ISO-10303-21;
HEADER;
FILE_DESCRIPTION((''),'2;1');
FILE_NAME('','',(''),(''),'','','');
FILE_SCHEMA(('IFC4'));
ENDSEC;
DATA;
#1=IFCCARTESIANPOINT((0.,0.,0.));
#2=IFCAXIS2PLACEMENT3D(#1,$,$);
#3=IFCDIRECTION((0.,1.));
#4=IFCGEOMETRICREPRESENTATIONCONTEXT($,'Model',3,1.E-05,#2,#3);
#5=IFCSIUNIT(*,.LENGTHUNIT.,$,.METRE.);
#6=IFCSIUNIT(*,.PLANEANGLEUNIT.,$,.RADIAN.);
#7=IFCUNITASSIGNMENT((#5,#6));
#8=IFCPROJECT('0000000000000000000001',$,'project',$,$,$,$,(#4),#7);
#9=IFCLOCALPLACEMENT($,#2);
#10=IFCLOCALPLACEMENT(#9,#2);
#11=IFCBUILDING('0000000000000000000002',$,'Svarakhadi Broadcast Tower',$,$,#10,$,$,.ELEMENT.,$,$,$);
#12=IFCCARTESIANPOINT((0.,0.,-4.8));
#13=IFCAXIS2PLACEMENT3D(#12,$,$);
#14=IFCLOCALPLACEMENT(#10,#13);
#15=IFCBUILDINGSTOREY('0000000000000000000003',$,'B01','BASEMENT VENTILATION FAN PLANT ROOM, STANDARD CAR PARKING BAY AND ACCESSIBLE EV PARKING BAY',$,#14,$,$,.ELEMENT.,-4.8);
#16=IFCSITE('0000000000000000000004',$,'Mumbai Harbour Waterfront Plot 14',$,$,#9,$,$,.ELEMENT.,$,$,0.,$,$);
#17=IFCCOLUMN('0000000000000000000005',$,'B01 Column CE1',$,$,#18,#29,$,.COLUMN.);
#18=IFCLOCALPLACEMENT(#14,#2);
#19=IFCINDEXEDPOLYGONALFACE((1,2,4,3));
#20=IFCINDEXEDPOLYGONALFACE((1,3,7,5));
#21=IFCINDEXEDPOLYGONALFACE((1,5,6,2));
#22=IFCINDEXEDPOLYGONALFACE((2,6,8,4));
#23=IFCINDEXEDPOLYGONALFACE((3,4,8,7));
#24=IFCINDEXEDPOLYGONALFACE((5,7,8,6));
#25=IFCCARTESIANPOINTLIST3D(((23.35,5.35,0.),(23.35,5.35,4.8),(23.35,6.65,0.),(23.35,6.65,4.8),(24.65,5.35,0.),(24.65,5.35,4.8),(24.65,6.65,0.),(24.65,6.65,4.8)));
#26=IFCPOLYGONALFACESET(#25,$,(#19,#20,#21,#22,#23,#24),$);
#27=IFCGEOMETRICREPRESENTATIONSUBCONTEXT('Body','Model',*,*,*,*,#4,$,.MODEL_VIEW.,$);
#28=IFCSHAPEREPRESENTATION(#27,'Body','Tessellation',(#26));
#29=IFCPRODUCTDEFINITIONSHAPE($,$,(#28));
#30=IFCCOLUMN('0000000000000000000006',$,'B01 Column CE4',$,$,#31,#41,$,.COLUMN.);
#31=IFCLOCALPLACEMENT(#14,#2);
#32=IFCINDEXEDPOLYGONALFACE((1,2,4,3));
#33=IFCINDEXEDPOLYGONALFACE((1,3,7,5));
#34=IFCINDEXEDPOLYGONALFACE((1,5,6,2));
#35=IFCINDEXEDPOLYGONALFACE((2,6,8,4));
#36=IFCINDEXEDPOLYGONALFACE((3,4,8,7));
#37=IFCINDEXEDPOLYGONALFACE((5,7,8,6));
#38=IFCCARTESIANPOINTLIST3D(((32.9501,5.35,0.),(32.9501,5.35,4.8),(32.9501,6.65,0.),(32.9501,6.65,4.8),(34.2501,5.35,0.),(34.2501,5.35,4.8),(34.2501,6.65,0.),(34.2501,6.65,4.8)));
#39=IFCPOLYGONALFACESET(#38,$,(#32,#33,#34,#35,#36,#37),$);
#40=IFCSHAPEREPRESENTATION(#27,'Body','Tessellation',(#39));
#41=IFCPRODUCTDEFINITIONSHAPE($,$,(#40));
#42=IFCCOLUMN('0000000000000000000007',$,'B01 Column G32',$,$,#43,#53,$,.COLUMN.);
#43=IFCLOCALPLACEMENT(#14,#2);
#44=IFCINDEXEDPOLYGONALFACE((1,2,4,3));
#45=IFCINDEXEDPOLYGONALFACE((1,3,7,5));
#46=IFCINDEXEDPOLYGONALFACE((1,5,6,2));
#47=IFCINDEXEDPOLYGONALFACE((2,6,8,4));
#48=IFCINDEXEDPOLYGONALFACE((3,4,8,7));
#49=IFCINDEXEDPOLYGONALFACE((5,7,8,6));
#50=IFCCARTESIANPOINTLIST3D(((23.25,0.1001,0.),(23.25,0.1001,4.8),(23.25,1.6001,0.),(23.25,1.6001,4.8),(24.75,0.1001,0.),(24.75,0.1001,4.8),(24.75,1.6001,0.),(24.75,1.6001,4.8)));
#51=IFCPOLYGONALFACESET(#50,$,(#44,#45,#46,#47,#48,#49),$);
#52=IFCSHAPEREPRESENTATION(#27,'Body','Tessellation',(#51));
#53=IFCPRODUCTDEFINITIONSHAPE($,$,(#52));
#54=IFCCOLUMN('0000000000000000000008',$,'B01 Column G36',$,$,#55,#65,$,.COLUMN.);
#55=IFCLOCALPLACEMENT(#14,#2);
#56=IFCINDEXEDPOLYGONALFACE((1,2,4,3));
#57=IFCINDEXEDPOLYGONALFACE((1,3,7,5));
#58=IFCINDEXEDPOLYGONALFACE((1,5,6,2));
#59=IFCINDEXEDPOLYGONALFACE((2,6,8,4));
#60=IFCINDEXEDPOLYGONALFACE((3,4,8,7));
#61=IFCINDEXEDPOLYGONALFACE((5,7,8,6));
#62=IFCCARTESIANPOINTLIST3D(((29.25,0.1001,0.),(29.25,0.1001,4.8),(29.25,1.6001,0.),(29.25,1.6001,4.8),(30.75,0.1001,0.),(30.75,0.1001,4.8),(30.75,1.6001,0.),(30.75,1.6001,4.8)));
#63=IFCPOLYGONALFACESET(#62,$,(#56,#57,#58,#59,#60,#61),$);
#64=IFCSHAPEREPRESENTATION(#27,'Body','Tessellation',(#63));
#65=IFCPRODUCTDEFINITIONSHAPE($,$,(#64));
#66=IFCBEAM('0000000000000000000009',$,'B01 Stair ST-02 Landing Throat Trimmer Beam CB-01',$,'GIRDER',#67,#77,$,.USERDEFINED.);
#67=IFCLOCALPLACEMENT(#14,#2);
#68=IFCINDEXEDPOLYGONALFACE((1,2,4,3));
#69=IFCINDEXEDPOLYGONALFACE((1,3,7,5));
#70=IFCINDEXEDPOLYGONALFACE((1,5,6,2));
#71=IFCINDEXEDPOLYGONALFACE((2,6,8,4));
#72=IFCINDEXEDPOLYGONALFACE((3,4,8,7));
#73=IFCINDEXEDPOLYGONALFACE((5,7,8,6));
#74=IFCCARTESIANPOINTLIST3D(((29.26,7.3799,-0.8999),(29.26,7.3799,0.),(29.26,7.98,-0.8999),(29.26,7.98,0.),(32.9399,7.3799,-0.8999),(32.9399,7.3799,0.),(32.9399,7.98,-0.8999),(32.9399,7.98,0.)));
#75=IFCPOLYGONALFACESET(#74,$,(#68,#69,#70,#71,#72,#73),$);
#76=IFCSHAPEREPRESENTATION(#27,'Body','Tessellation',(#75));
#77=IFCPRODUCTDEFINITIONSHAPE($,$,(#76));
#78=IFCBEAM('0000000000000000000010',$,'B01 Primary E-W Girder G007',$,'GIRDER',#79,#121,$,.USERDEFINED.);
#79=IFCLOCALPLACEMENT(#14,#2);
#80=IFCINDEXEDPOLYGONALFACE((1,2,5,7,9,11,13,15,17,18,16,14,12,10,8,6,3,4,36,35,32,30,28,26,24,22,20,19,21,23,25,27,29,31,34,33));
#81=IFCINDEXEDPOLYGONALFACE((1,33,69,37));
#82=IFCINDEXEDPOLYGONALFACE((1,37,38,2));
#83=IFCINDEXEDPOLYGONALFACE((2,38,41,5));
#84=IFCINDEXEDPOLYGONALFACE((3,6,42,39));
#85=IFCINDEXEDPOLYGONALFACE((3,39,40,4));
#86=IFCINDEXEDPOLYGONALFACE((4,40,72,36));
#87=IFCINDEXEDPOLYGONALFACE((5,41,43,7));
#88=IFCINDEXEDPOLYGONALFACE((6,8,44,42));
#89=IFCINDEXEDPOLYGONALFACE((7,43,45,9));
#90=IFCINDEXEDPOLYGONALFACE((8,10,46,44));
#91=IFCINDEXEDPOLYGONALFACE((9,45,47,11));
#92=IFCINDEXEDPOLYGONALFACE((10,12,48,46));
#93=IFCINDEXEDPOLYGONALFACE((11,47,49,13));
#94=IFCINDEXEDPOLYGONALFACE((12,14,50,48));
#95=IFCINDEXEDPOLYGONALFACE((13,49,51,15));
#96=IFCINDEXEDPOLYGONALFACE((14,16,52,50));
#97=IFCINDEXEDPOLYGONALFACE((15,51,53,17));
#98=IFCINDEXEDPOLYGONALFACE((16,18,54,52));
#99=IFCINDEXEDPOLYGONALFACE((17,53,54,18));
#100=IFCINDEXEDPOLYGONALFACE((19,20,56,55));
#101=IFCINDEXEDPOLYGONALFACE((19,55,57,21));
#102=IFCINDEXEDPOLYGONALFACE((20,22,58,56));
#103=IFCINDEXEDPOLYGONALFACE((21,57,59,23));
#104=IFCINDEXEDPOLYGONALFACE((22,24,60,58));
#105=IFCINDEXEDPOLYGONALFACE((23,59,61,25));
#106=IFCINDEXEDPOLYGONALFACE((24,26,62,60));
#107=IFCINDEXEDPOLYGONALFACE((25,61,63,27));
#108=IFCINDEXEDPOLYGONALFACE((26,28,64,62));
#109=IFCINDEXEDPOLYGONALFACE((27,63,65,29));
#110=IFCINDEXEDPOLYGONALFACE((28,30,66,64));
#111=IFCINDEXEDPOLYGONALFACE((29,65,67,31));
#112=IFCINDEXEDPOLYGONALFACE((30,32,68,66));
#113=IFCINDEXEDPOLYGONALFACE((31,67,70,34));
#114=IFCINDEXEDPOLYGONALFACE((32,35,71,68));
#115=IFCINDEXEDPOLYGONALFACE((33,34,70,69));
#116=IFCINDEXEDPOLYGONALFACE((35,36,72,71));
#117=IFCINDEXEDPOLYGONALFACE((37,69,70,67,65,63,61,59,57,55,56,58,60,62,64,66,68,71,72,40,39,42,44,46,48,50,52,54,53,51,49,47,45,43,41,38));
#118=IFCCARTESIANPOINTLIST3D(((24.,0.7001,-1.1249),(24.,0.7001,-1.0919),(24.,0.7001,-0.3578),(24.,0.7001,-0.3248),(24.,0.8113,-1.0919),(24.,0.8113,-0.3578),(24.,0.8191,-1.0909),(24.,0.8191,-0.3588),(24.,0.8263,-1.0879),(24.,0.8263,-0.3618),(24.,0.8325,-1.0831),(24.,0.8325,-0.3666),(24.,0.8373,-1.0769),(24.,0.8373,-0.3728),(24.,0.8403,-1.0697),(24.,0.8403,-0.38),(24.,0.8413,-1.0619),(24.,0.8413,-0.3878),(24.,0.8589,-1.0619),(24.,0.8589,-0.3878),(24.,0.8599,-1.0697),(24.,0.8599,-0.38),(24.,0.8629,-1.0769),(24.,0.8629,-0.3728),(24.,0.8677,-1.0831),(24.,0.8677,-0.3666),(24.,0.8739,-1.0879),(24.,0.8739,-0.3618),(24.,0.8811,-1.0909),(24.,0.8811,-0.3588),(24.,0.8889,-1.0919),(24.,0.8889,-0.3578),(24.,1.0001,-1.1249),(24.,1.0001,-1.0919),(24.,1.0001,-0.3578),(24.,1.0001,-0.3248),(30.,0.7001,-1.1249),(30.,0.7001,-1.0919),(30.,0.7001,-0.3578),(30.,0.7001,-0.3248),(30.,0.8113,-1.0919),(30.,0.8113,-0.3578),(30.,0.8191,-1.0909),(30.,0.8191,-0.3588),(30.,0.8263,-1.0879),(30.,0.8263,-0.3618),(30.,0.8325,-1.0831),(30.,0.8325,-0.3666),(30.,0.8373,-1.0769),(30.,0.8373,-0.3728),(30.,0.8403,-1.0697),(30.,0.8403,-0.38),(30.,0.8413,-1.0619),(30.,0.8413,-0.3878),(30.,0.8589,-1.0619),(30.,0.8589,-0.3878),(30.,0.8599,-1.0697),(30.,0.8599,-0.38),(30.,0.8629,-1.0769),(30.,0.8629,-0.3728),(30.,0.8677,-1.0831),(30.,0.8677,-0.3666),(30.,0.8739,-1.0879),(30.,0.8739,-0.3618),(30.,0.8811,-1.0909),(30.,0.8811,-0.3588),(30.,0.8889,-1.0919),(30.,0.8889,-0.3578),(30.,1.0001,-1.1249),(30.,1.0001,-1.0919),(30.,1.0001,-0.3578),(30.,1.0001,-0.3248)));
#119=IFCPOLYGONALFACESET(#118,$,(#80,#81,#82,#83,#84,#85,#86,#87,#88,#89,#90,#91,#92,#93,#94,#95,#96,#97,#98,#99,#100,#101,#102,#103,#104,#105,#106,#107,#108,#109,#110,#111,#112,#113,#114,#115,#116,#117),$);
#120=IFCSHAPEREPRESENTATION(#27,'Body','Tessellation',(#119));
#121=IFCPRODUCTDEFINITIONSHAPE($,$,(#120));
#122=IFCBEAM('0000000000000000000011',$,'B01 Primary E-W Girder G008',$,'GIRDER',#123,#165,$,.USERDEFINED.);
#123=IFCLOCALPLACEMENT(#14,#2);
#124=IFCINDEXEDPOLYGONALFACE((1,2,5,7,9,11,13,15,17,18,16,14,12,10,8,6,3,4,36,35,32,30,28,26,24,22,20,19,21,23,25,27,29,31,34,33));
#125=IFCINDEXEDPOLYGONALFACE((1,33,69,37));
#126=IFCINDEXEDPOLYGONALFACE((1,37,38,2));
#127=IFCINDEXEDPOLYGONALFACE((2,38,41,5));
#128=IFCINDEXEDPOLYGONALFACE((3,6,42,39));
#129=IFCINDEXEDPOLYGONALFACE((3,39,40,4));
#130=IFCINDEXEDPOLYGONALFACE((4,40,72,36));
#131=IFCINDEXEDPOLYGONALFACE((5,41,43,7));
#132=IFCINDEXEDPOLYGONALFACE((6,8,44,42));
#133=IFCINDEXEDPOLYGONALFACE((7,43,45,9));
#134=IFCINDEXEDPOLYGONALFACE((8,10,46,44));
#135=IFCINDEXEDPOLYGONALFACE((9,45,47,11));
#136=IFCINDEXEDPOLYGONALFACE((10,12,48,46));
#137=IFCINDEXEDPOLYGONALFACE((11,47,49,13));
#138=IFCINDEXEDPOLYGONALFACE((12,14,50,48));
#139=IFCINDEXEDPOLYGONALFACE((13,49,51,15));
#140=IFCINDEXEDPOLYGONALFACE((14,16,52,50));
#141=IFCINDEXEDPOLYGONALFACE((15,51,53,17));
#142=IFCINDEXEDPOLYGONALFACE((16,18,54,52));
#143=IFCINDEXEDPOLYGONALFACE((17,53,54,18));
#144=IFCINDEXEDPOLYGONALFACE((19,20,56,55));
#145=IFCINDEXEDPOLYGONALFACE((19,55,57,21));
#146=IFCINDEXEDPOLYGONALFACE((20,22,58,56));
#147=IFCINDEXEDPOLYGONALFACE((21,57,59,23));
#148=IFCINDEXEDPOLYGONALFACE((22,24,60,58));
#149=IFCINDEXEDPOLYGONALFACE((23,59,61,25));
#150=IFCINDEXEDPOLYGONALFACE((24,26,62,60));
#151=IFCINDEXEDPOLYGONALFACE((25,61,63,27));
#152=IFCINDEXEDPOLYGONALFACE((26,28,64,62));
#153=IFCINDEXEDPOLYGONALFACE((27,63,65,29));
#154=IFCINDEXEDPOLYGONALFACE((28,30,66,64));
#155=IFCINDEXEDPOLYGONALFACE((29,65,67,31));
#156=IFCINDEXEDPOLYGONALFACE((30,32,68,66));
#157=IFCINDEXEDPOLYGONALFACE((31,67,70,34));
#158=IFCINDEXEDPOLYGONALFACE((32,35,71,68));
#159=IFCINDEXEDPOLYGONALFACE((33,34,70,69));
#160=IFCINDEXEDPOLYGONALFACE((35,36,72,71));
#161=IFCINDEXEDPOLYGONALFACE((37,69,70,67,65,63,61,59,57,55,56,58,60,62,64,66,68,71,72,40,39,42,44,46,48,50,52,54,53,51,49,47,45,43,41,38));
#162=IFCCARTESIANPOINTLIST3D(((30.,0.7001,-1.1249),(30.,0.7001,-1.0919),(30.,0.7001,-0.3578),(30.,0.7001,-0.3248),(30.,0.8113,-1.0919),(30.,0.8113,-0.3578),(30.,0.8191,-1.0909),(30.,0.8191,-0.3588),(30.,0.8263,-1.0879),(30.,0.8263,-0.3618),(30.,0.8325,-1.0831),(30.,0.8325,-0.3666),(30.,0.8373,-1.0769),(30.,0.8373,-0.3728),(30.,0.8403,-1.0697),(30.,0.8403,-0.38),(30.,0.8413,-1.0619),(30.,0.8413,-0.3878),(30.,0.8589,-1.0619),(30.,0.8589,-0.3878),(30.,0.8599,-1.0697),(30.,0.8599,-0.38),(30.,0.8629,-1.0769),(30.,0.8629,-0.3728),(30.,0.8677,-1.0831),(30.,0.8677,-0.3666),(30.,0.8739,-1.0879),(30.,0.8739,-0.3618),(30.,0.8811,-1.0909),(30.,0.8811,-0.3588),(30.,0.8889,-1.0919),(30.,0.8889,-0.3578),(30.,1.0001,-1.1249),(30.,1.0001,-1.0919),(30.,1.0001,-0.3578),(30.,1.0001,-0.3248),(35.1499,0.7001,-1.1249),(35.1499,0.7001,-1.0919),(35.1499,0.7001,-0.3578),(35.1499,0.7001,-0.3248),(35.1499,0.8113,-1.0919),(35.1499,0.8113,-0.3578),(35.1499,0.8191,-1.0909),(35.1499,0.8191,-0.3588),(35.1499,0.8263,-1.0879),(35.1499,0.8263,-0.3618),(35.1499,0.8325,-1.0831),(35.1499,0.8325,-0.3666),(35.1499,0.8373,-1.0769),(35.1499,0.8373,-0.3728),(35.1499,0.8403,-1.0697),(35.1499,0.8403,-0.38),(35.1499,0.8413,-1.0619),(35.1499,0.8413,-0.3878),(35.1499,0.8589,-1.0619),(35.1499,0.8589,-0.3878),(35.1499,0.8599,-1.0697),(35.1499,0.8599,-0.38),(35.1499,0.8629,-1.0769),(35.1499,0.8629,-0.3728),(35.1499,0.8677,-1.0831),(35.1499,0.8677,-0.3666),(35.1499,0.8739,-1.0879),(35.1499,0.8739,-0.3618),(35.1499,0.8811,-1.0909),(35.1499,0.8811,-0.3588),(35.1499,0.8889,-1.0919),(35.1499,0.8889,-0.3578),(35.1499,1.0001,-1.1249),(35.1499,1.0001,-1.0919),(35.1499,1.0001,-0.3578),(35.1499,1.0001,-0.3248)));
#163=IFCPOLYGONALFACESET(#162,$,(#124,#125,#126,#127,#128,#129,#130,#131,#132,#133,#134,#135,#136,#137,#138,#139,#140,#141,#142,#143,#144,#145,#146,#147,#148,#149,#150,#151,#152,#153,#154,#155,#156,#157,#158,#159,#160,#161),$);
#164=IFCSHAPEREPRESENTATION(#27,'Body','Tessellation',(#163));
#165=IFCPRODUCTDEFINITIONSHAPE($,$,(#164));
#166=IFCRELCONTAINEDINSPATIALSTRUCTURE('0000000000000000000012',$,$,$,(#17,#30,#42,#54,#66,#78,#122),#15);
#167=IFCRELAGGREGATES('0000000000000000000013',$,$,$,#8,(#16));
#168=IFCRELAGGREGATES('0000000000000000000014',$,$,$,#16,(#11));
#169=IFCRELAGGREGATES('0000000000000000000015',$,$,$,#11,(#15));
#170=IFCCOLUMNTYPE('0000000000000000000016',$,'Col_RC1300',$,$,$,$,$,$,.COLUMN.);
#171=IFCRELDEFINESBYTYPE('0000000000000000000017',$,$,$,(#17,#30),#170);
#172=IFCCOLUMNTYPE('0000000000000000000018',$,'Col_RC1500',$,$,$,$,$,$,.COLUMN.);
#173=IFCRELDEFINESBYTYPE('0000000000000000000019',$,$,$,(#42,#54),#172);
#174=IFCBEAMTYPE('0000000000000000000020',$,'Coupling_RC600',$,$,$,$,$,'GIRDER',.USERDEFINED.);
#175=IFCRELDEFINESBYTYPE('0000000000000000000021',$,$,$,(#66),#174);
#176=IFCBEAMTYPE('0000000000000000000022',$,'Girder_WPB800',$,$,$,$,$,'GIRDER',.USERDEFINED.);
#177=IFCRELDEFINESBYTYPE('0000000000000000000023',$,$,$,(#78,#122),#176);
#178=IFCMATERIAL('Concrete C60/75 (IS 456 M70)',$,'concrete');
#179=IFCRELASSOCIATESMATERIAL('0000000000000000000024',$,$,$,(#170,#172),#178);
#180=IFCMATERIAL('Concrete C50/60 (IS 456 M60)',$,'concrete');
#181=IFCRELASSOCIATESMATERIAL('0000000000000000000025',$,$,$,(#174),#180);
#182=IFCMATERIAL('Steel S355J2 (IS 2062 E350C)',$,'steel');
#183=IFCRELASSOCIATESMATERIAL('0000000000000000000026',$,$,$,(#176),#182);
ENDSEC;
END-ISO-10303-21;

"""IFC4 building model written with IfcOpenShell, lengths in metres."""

from ifc_helpers import new_model, si_unit, direction, frame, origin, origin_2d, place, context, subcontext, project, spatial, rectangle, i_section, extrude, material, material_profile, profile_set, type_object, element, save


model = new_model("IFC4")

# Units and contexts
model_context = context("Model", 3, precision=1e-05, world=origin(), true_north=direction((0.0, 1.0)))
body_context = subcontext(model_context, "Body", "Model", "MODEL_VIEW")
ifc_project = project(units=[si_unit("LENGTHUNIT", "METRE"), si_unit("PLANEANGLEUNIT", "RADIAN")], contexts=[model_context])

# Site, building, storey
site_placement = place(None, origin())
site = spatial("IfcSite", under=ifc_project, at=site_placement, Name="Mumbai Harbour Waterfront Plot 14", CompositionType="ELEMENT", RefElevation=0.0)
building_placement = place(site_placement, origin())
building = spatial("IfcBuilding", under=site, at=building_placement, Name="Svarakhadi Broadcast Tower", CompositionType="ELEMENT")
storey_placement = place(building_placement, frame((0.0, 0.0, -4.8)))
storey = spatial("IfcBuildingStorey", under=building, at=storey_placement, Name="B01", Description="BASEMENT VENTILATION FAN PLANT ROOM, STANDARD CAR PARKING BAY AND ACCESSIBLE EV PARKING BAY", CompositionType="ELEMENT", Elevation=-4.8)

# Columns
ifc_material_1 = material(Name="Concrete C60/75 (IS 456 M70)", Category="concrete")
ifc_material_profile_1 = material_profile(ifc_material_1, rectangle(XDim=1.3, YDim=1.3, at=origin_2d()), Name="RC 1300x1300")
ifc_profile_set_1 = profile_set([ifc_material_profile_1], Name="Concrete C60/75 (IS 456 M70)")
column_type_1 = type_object("IfcColumnType", Name="Col_RC1300", PredefinedType="COLUMN", material=ifc_profile_set_1)
for number, where, z_axis, x_axis, name in (
    (1, (24.0, 6.0, 0.0), (0.0, 0.0, 1.0), (1.0, 0.0, 0.0), "B01 Column CE1"),
    (2, (33.6001, 6.0, 0.0), (0.0, 0.0, 1.0), (1.0, 0.0, 0.0), "B01 Column CE4"),
):
    element("IfcColumn", number, at=place(storey_placement, frame(where, z_axis=z_axis, x_axis=x_axis)), inside=storey, type_object=column_type_1, Name=name, PredefinedType="COLUMN", context=body_context, shape_type="SweptSolid", body=[
        extrude(rectangle(XDim=1.3, YDim=1.3, at=origin_2d()), origin(), (0.0, 0.0, 1.0), 4.8),
    ])
ifc_material_profile_2 = material_profile(ifc_material_1, rectangle(XDim=1.5, YDim=1.5, at=origin_2d()), Name="RC 1500x1500")
ifc_profile_set_2 = profile_set([ifc_material_profile_2], Name="Concrete C60/75 (IS 456 M70)")
column_type_2 = type_object("IfcColumnType", Name="Col_RC1500", PredefinedType="COLUMN", material=ifc_profile_set_2)
for number, where, z_axis, x_axis, name in (
    (3, (24.0, 0.8501, 0.0), (0.0, 0.0, 1.0), (1.0, 0.0, 0.0), "B01 Column G32"),
    (4, (30.0, 0.8501, 0.0), (0.0, 0.0, 1.0), (1.0, 0.0, 0.0), "B01 Column G36"),
):
    element("IfcColumn", number, at=place(storey_placement, frame(where, z_axis=z_axis, x_axis=x_axis)), inside=storey, type_object=column_type_2, Name=name, PredefinedType="COLUMN", context=body_context, shape_type="SweptSolid", body=[
        extrude(rectangle(XDim=1.5, YDim=1.5, at=origin_2d()), origin(), (0.0, 0.0, 1.0), 4.8),
    ])

# Beams
ifc_material_2 = material(Name="Concrete C50/60 (IS 456 M60)", Category="concrete")
ifc_material_profile_3 = material_profile(ifc_material_2, rectangle(XDim=0.6001, YDim=0.8999, at=origin_2d()), Name="RC 600x900")
ifc_profile_set_3 = profile_set([ifc_material_profile_3], Name="Concrete C50/60 (IS 456 M60)")
beam_type_1 = type_object("IfcBeamType", Name="Coupling_RC600", ElementType="GIRDER", PredefinedType="USERDEFINED", material=ifc_profile_set_3)
beam_1_placement = place(storey_placement, frame((29.26, 7.6799, -0.45), z_axis=(1.0, 0.0, 0.0), x_axis=(0.0, 1.0, 0.0)))
element("IfcBeam", 5, at=beam_1_placement, inside=storey, type_object=beam_type_1, Name="B01 Stair ST-02 Landing Throat Trimmer Beam CB-01", ObjectType="GIRDER", PredefinedType="USERDEFINED", context=body_context, shape_type="SweptSolid", body=[
    extrude(rectangle(XDim=0.6001, YDim=0.8999, at=origin_2d()), origin(), (0.0, 0.0, 1.0), 3.6799),
])
ifc_material_3 = material(Name="Steel S355J2 (IS 2062 E350C)", Category="steel")
ifc_material_profile_4 = material_profile(ifc_material_3, i_section(OverallWidth=0.3, OverallDepth=0.8, WebThickness=0.0176, FlangeThickness=0.033, FilletRadius=0.03, at=origin_2d()), Name="WPB 800x300x262")
ifc_profile_set_4 = profile_set([ifc_material_profile_4], Name="Steel S355J2 (IS 2062 E350C)")
beam_type_2 = type_object("IfcBeamType", Name="Girder_WPB800", ElementType="GIRDER", PredefinedType="USERDEFINED", material=ifc_profile_set_4)
beam_2_placement = place(storey_placement, frame((24.0, 0.8501, -0.7249), z_axis=(1.0, 0.0, 0.0), x_axis=(0.0, 1.0, 0.0)))
element("IfcBeam", 6, at=beam_2_placement, inside=storey, type_object=beam_type_2, Name="B01 Primary E-W Girder G007", ObjectType="GIRDER", PredefinedType="USERDEFINED", context=body_context, shape_type="SweptSolid", body=[
    extrude(i_section(OverallWidth=0.3, OverallDepth=0.8, WebThickness=0.0176, FlangeThickness=0.033, FilletRadius=0.03, at=origin_2d()), origin(), (0.0, 0.0, 1.0), 6.0),
])
for number, where, z_axis, x_axis, name in (
    (7, (30.0, 0.8501, -0.7249), (1.0, 0.0, 0.0), (0.0, 1.0, 0.0), "B01 Primary E-W Girder G008"),
):
    element("IfcBeam", number, at=place(storey_placement, frame(where, z_axis=z_axis, x_axis=x_axis)), inside=storey, type_object=beam_type_2, Name=name, ObjectType="GIRDER", PredefinedType="USERDEFINED", context=body_context, shape_type="SweptSolid", body=[
        extrude(i_section(OverallWidth=0.3, OverallDepth=0.8, WebThickness=0.0176, FlangeThickness=0.033, FilletRadius=0.03, at=origin_2d()), origin(), (0.0, 0.0, 1.0), 5.1499),
    ])

save(model, "model.ifc")
